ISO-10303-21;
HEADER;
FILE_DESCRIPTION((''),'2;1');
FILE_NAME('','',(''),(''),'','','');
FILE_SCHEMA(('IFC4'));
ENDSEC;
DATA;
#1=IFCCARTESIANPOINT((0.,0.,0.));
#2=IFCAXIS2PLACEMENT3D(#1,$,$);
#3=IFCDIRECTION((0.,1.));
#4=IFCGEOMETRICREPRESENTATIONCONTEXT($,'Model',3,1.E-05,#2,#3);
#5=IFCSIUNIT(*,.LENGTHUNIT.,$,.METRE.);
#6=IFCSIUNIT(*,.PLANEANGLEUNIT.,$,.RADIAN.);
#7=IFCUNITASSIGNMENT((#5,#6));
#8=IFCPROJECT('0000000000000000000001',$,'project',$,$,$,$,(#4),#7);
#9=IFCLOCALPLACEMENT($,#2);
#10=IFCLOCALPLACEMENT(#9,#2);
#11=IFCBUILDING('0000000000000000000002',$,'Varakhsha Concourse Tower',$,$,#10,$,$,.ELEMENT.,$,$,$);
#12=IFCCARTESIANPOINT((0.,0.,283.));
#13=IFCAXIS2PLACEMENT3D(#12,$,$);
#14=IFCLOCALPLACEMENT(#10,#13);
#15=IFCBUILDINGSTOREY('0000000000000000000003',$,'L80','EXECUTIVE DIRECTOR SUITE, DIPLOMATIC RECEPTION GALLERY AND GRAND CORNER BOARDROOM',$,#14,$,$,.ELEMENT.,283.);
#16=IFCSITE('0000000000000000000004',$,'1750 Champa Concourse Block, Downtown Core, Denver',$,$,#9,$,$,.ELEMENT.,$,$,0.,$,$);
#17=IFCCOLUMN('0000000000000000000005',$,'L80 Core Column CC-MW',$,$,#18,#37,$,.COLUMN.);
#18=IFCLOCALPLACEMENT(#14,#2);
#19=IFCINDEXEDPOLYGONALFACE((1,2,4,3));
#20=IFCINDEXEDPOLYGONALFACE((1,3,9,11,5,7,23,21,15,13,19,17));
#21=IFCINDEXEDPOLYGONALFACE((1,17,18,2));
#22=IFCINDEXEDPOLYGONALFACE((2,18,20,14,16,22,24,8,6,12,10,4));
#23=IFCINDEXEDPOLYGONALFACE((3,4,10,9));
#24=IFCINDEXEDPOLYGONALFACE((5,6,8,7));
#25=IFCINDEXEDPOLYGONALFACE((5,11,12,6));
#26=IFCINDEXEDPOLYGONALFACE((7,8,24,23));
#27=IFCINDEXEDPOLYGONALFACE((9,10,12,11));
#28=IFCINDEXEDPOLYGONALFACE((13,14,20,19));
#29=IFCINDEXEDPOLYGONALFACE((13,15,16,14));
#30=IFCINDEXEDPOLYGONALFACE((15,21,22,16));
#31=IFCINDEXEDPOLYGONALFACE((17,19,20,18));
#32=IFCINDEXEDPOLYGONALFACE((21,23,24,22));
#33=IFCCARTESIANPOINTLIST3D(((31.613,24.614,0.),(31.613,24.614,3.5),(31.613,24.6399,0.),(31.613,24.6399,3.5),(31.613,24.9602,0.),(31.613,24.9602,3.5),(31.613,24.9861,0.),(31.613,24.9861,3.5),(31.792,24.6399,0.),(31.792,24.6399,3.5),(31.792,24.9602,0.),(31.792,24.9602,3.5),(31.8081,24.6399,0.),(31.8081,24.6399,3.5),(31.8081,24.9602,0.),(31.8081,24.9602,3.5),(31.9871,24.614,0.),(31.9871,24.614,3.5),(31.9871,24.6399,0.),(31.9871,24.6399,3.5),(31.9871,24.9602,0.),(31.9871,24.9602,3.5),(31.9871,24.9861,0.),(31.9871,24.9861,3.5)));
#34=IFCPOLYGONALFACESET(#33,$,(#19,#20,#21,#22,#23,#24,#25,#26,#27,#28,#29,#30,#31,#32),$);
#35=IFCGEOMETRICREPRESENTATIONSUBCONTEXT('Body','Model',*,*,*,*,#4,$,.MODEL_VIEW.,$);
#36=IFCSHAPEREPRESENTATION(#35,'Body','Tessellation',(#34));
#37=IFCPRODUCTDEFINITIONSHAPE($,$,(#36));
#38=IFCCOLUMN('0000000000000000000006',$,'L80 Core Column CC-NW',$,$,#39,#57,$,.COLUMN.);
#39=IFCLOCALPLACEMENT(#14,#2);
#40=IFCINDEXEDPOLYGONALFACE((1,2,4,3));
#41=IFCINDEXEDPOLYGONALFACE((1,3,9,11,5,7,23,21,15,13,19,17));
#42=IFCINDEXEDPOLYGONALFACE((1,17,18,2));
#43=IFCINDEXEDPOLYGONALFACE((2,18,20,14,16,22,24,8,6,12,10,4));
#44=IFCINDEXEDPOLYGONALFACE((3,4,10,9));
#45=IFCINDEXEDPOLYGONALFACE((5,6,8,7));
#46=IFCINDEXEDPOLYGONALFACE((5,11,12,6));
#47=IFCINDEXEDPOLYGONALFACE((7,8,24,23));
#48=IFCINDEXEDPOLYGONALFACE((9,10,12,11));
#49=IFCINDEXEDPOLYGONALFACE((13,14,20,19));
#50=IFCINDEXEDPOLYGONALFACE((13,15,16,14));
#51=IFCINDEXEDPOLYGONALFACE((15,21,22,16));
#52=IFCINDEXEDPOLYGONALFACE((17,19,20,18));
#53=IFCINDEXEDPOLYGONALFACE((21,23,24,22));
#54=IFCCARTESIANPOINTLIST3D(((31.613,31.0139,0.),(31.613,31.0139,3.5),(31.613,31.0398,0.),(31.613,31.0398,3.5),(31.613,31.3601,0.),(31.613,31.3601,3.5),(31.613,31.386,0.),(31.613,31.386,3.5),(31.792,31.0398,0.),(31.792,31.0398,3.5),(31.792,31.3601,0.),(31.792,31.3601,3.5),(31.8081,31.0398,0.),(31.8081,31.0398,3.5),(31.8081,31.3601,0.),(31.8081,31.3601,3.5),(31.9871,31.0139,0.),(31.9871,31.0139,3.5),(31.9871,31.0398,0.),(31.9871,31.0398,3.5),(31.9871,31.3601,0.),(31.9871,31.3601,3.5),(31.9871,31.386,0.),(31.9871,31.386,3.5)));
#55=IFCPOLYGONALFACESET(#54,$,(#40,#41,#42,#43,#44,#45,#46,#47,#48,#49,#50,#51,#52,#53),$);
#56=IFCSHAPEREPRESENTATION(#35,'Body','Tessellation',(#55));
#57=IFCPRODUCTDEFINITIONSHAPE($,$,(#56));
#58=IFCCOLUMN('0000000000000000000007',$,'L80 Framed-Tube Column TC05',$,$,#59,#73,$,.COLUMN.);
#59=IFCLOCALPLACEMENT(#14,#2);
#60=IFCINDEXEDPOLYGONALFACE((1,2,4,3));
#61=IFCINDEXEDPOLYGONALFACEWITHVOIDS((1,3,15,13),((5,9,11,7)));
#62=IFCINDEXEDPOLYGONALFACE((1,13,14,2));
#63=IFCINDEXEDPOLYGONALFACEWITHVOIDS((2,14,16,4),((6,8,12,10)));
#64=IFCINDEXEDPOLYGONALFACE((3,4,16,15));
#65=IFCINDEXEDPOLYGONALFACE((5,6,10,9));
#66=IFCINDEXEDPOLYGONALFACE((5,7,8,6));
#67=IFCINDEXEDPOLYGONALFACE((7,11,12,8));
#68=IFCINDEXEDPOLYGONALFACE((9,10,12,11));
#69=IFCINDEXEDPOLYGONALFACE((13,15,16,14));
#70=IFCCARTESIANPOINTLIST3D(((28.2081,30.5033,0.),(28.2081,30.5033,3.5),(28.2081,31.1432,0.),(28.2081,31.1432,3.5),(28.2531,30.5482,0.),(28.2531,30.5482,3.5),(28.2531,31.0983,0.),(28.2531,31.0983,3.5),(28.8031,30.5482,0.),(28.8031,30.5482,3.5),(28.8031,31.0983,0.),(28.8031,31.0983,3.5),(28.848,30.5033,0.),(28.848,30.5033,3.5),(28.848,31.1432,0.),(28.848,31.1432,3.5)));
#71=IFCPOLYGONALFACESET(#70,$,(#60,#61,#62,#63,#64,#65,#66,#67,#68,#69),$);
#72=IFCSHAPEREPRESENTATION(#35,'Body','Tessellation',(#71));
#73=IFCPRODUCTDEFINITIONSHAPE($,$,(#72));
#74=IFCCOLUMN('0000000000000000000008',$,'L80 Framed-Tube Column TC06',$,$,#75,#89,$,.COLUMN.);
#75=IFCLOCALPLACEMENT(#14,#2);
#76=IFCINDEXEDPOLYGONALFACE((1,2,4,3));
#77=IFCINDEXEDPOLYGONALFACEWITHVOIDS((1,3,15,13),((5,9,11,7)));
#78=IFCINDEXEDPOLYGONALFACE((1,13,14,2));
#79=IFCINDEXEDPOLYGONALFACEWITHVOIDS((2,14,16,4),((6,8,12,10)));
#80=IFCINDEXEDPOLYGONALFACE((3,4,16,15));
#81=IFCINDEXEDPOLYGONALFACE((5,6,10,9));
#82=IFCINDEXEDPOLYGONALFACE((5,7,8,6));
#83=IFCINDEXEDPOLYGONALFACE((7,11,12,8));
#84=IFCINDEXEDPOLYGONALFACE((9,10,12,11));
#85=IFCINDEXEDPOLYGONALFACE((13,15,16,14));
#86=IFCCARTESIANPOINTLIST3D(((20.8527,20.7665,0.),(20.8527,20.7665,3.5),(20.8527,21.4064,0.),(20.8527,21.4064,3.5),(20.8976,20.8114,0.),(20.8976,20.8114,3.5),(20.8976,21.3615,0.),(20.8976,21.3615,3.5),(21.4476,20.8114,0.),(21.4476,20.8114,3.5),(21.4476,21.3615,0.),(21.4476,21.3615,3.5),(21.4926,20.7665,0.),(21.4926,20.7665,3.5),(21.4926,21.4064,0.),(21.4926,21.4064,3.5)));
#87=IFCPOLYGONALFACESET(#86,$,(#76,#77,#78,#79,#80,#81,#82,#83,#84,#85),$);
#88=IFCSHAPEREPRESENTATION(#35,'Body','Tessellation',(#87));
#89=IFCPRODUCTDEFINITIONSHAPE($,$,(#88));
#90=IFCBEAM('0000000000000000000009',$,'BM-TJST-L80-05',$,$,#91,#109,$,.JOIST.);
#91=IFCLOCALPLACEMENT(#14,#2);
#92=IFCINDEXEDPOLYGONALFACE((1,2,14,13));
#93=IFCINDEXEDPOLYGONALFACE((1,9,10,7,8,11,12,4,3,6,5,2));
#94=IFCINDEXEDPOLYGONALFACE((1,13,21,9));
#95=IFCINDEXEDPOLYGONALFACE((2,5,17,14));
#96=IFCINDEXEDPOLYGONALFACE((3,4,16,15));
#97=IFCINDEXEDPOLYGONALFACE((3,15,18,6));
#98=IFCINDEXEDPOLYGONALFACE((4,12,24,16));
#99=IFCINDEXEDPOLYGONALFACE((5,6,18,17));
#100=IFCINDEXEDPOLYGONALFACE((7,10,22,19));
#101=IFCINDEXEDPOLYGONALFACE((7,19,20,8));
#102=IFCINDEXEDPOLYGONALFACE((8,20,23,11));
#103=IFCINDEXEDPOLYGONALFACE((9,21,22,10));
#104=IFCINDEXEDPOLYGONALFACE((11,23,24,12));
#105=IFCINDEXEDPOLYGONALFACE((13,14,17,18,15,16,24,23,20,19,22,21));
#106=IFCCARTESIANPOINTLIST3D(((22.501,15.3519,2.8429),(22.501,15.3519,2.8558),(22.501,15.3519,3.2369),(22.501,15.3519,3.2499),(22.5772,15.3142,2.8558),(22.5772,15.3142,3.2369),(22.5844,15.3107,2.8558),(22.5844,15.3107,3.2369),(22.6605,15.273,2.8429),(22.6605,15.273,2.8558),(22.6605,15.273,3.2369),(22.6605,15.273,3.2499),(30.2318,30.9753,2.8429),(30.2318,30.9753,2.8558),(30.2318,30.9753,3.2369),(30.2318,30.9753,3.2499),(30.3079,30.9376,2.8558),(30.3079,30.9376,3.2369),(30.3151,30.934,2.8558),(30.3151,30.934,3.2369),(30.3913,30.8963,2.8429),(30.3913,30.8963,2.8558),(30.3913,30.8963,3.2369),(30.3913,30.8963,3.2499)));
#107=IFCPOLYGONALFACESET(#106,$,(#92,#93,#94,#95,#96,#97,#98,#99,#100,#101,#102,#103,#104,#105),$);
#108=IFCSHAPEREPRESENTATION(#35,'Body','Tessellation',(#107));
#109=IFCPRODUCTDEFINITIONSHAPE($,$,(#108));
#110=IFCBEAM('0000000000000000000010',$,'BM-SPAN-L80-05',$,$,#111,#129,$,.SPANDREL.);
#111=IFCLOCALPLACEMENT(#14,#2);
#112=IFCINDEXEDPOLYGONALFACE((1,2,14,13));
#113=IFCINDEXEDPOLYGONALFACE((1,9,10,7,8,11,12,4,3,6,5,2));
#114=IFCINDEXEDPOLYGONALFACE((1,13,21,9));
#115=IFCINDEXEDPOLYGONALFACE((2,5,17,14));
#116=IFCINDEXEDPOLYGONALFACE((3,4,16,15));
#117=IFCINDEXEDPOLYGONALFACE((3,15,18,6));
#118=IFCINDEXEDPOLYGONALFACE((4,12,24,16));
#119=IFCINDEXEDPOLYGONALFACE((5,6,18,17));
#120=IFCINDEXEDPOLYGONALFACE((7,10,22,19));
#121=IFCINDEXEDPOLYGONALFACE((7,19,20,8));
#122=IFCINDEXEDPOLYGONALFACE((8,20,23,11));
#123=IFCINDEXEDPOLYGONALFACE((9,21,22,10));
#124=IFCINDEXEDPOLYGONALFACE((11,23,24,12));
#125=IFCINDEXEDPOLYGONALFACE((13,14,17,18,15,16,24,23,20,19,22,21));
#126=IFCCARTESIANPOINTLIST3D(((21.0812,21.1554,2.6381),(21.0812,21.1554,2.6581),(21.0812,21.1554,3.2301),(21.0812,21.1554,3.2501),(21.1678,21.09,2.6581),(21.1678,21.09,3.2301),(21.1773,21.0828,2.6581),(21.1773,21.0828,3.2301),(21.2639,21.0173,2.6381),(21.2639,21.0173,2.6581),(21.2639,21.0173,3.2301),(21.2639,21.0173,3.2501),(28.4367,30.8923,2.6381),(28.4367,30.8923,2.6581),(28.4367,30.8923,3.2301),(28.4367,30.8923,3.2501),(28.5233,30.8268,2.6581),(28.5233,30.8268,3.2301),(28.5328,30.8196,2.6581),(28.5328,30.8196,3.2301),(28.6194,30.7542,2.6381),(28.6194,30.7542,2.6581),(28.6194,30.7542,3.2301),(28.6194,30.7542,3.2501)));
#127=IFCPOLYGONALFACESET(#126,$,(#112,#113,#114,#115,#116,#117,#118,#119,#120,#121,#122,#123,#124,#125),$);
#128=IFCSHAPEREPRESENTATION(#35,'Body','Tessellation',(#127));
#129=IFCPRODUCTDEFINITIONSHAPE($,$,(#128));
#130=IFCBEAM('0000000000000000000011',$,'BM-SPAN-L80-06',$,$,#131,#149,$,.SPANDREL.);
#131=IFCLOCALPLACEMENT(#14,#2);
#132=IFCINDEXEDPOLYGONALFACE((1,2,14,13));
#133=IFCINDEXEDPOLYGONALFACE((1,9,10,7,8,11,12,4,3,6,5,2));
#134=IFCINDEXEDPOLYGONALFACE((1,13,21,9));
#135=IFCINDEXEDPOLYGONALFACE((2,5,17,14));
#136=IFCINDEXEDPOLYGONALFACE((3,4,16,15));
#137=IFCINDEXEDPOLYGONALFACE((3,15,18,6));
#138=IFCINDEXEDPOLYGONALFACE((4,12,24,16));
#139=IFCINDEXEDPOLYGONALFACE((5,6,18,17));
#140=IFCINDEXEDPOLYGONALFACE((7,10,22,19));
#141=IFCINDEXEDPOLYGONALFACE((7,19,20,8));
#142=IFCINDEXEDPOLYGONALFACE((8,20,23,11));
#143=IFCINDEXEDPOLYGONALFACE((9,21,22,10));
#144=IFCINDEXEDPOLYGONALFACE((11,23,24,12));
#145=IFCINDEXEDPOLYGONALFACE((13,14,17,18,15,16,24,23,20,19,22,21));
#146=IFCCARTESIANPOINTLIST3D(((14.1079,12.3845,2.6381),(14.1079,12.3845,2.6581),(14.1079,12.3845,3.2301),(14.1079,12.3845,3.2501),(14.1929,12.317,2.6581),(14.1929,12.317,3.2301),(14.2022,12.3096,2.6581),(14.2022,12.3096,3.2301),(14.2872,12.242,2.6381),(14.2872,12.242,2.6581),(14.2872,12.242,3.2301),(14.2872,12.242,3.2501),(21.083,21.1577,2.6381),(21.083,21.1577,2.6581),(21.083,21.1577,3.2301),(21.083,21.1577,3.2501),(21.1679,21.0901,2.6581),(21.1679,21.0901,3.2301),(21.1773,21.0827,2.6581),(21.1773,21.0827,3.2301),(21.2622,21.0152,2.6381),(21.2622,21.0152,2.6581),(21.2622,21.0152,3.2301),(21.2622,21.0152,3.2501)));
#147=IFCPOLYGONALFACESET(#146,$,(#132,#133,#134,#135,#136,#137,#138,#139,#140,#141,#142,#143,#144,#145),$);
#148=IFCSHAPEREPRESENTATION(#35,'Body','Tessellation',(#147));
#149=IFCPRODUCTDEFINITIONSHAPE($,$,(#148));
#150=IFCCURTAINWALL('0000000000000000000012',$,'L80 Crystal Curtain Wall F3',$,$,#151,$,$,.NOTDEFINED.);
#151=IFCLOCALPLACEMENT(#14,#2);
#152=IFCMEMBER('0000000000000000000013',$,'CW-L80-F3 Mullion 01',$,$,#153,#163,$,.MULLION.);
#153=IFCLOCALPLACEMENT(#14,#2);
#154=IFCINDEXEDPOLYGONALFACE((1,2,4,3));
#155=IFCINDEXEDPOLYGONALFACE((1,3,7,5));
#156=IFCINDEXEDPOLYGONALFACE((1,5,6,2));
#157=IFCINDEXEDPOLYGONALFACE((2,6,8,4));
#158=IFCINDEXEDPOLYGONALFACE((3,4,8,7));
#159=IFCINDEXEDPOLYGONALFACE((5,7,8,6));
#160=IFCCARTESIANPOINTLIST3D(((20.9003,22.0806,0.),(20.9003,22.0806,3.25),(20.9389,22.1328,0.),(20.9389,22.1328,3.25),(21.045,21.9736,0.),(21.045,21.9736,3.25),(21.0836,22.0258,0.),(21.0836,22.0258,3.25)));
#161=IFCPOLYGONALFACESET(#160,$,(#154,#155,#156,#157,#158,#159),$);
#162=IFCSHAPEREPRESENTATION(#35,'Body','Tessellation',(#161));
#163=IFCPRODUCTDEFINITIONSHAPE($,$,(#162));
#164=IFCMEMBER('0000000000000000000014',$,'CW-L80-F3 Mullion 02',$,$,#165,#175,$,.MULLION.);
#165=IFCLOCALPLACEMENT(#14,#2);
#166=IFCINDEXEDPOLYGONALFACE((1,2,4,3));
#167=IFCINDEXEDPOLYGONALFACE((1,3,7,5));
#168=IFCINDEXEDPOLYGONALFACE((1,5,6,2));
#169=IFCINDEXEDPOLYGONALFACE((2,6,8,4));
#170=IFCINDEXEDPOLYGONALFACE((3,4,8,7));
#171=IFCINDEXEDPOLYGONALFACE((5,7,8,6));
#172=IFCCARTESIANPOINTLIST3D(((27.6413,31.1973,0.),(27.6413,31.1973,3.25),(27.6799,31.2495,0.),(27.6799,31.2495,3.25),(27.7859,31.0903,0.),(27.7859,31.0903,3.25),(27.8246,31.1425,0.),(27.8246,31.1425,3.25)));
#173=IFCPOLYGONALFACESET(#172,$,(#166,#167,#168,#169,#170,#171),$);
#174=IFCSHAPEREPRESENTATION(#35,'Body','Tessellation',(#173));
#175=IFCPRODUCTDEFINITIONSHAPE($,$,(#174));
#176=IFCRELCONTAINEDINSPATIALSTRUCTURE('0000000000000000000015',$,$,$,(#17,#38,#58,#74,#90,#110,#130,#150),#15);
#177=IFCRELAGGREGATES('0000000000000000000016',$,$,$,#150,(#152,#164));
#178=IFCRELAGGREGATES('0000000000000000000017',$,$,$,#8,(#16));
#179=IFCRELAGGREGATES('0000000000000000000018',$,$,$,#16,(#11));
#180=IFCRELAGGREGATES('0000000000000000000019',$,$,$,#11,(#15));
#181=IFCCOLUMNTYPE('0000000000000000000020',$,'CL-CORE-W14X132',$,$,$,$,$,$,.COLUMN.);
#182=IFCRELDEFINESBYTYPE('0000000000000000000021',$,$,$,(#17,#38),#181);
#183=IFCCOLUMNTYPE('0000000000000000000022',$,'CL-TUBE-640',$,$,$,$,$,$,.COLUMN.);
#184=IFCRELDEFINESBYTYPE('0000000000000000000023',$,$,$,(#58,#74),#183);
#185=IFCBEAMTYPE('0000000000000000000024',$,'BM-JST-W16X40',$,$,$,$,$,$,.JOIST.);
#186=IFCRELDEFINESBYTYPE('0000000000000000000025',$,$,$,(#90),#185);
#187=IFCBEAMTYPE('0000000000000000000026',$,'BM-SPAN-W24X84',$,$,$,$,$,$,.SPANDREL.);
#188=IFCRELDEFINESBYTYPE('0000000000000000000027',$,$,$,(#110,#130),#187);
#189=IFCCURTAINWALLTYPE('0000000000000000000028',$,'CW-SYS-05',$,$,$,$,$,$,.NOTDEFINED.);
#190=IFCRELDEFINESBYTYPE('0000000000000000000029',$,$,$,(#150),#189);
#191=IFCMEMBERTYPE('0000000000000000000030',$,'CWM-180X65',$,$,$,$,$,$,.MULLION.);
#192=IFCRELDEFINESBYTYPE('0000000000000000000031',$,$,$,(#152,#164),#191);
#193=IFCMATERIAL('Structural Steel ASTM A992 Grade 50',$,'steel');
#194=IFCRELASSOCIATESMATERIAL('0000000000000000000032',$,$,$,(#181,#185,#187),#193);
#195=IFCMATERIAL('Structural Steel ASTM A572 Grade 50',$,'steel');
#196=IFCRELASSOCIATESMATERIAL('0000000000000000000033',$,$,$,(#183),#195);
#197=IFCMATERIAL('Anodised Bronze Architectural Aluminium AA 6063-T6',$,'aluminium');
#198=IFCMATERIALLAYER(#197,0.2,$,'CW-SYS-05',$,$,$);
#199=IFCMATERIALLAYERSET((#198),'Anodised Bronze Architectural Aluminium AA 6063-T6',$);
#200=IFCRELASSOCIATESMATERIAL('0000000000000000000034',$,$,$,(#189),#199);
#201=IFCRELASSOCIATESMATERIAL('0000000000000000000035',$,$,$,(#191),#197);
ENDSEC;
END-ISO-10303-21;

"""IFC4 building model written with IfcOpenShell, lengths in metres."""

from ifc_helpers import new_model, si_unit, direction, frame, origin, origin_2d, place, context, subcontext, project, spatial, rectangle, hollow_rectangle, i_section, extrude, source, transform, mapped, material, layer, layer_set, material_profile, profile_set, type_object, type_shapes, element, aggregate, save


model = new_model("IFC4")

# Units and contexts
model_context = context("Model", 3, precision=1e-05, world=origin(), true_north=direction((0.0, 1.0)))
body_context = subcontext(model_context, "Body", "Model", "MODEL_VIEW")
ifc_project = project(units=[si_unit("LENGTHUNIT", "METRE"), si_unit("PLANEANGLEUNIT", "RADIAN")], contexts=[model_context])

# Site, building, storey
site_placement = place(None, origin())
site = spatial("IfcSite", under=ifc_project, at=site_placement, Name="1750 Champa Concourse Block, Downtown Core, Denver", CompositionType="ELEMENT", RefElevation=0.0)
building_placement = place(site_placement, origin())
building = spatial("IfcBuilding", under=site, at=building_placement, Name="Varakhsha Concourse Tower", CompositionType="ELEMENT")
storey_placement = place(building_placement, frame((0.0, 0.0, 283.0)))
storey = spatial("IfcBuildingStorey", under=building, at=storey_placement, Name="L80", Description="EXECUTIVE DIRECTOR SUITE, DIPLOMATIC RECEPTION GALLERY AND GRAND CORNER BOARDROOM", CompositionType="ELEMENT", Elevation=283.0)

# Columns
ifc_material_1 = material(Name="Structural Steel ASTM A992 Grade 50", Category="steel")
ifc_material_profile_1 = material_profile(ifc_material_1, i_section(OverallWidth=0.374, OverallDepth=0.3721, WebThickness=0.0161, FlangeThickness=0.0259, at=origin_2d()), Name="W14X132")
ifc_profile_set_1 = profile_set([ifc_material_profile_1], Name="Structural Steel ASTM A992 Grade 50")
column_type_1 = type_object("IfcColumnType", Name="CL-CORE-W14X132", PredefinedType="COLUMN", material=ifc_profile_set_1)
for number, where, z_axis, x_axis, name in (
    (1, (31.8, 24.8, 0.0), (0.0, 0.0, 1.0), (1.0, 0.0, 0.0), "L80 Core Column CC-MW"),
    (2, (31.8, 31.2, 0.0), (0.0, 0.0, 1.0), (1.0, 0.0, 0.0), "L80 Core Column CC-NW"),
):
    element("IfcColumn", number, at=place(storey_placement, frame(where, z_axis=z_axis, x_axis=x_axis)), inside=storey, type_object=column_type_1, Name=name, PredefinedType="COLUMN", context=body_context, shape_type="SweptSolid", body=[
        extrude(i_section(OverallWidth=0.374, OverallDepth=0.3721, WebThickness=0.0161, FlangeThickness=0.0259, at=origin_2d()), origin(), (0.0, 0.0, 1.0), 3.5),
    ])
ifc_material_2 = material(Name="Structural Steel ASTM A572 Grade 50", Category="steel")
ifc_material_profile_2 = material_profile(ifc_material_2, hollow_rectangle(XDim=0.6399, YDim=0.6399, WallThickness=0.0449, at=origin_2d()), Name="BOX 640x640x45")
ifc_profile_set_2 = profile_set([ifc_material_profile_2], Name="Structural Steel ASTM A572 Grade 50")
column_type_2 = type_object("IfcColumnType", Name="CL-TUBE-640", PredefinedType="COLUMN", material=ifc_profile_set_2)
for number, where, z_axis, x_axis, name in (
    (3, (28.5281, 30.8232, 0.0), (0.0, 0.0, 1.0), (1.0, 0.0, 0.0), "L80 Framed-Tube Column TC05"),
    (4, (21.1726, 21.0864, 0.0), (0.0, 0.0, 1.0), (1.0, 0.0, 0.0), "L80 Framed-Tube Column TC06"),
):
    element("IfcColumn", number, at=place(storey_placement, frame(where, z_axis=z_axis, x_axis=x_axis)), inside=storey, type_object=column_type_2, Name=name, PredefinedType="COLUMN", context=body_context, shape_type="SweptSolid", body=[
        extrude(hollow_rectangle(XDim=0.6399, YDim=0.6399, WallThickness=0.0449, at=origin_2d()), origin(), (0.0, 0.0, 1.0), 3.5),
    ])

# Beams
ifc_material_profile_3 = material_profile(ifc_material_1, i_section(OverallWidth=0.178, OverallDepth=0.407, WebThickness=0.0081, FlangeThickness=0.0129, at=origin_2d()), Name="W16X40")
ifc_profile_set_3 = profile_set([ifc_material_profile_3], Name="Structural Steel ASTM A992 Grade 50")
beam_type_1 = type_object("IfcBeamType", Name="BM-JST-W16X40", PredefinedType="JOIST", material=ifc_profile_set_3)
beam_1_placement = place(storey_placement, frame((30.3115, 30.9358, 3.0464), z_axis=(-0.443495, -0.896277, 0.0), x_axis=(0.896277, -0.443495, 0.0)))
element("IfcBeam", 5, at=beam_1_placement, inside=storey, type_object=beam_type_1, Name="BM-TJST-L80-05", PredefinedType="JOIST", context=body_context, shape_type="SweptSolid", body=[
    extrude(i_section(OverallWidth=0.178, OverallDepth=0.407, WebThickness=0.0081, FlangeThickness=0.0129, at=origin_2d()), origin(), (0.0, 0.0, 1.0), 17.4314),
])
ifc_material_profile_4 = material_profile(ifc_material_1, i_section(OverallWidth=0.229, OverallDepth=0.6121, WebThickness=0.012, FlangeThickness=0.02, at=origin_2d()), Name="W24X84")
ifc_profile_set_4 = profile_set([ifc_material_profile_4], Name="Structural Steel ASTM A992 Grade 50")
beam_type_2 = type_object("IfcBeamType", Name="BM-SPAN-W24X84", PredefinedType="SPANDREL", material=ifc_profile_set_4)
beam_2_placement = place(storey_placement, frame((28.5281, 30.8232, 2.9441), z_axis=(-0.602769, -0.797916, 0.0), x_axis=(0.797916, -0.602769, 0.0)))
element("IfcBeam", 6, at=beam_2_placement, inside=storey, type_object=beam_type_2, Name="BM-SPAN-L80-05", PredefinedType="SPANDREL", context=body_context, shape_type="SweptSolid", body=[
    extrude(i_section(OverallWidth=0.229, OverallDepth=0.6121, WebThickness=0.012, FlangeThickness=0.02, at=origin_2d()), origin(), (0.0, 0.0, 1.0), 12.2029),
])
beam_3_placement = place(storey_placement, frame((21.1726, 21.0864, 2.9441), z_axis=(-0.622328, -0.782757, 0.0), x_axis=(0.782757, -0.622328, 0.0)))
element("IfcBeam", 7, at=beam_3_placement, inside=storey, type_object=beam_type_2, Name="BM-SPAN-L80-06", PredefinedType="SPANDREL", context=body_context, shape_type="SweptSolid", body=[
    extrude(i_section(OverallWidth=0.229, OverallDepth=0.6121, WebThickness=0.012, FlangeThickness=0.02, at=origin_2d()), origin(), (0.0, 0.0, 1.0), 11.208),
])

# Curtain wall, members
ifc_material_3 = material(Name="Anodised Bronze Architectural Aluminium AA 6063-T6", Category="aluminium")
ifc_layer_1 = layer(ifc_material_3, 0.2, Name="CW-SYS-05")
ifc_layer_set_1 = layer_set([ifc_layer_1], Name="Anodised Bronze Architectural Aluminium AA 6063-T6")
curtain_wall_type = type_object("IfcCurtainWallType", Name="CW-SYS-05", PredefinedType="NOTDEFINED", material=ifc_layer_set_1)
curtain_wall_placement = place(storey_placement, origin())
curtain_wall = element("IfcCurtainWall", 8, at=curtain_wall_placement, inside=storey, type_object=curtain_wall_type, Name="L80 Crystal Curtain Wall F3", PredefinedType="NOTDEFINED")
ifc_material_profile_5 = material_profile(ifc_material_3, rectangle(XDim=0.0649, YDim=0.1799, at=origin_2d()), Name="CWM-180X65")
ifc_profile_set_5 = profile_set([ifc_material_profile_5], Name="Anodised Bronze Architectural Aluminium AA 6063-T6")
member_type_1 = type_object("IfcMemberType", Name="CWM-180X65", PredefinedType="MULLION", material=ifc_profile_set_5)
shared_shape_1 = source(origin(), body_context, "Body", "SweptSolid", [
    extrude(rectangle(XDim=0.0649, YDim=0.1799, at=origin_2d()), origin(), (0.0, 0.0, 1.0), 3.25),
])
type_shapes(member_type_1, [shared_shape_1])
member_1_placement = place(storey_placement, frame((20.9919, 22.0532, 0.0), z_axis=(0.0, 0.0, 1.0), x_axis=(0.594534, 0.804071, 0.0)))
member_1 = element("IfcMember", 9, at=member_1_placement, type_object=member_type_1, Name="CW-L80-F3 Mullion 01", PredefinedType="MULLION", context=body_context, shape_type="MappedRepresentation", body=[
    mapped(shared_shape_1, transform((0.0, 0.0, 0.0), scale=1.0)),
])
member_2_placement = place(storey_placement, frame((27.7329, 31.1699, 0.0), z_axis=(0.0, 0.0, 1.0), x_axis=(0.594534, 0.804071, 0.0)))
member_2 = element("IfcMember", 10, at=member_2_placement, type_object=member_type_1, Name="CW-L80-F3 Mullion 02", PredefinedType="MULLION", context=body_context, shape_type="MappedRepresentation", body=[
    mapped(shared_shape_1, transform((0.0, 0.0, 0.0), scale=1.0)),
])
aggregate(curtain_wall, [member_1, member_2])

save(model, "model.ifc")
